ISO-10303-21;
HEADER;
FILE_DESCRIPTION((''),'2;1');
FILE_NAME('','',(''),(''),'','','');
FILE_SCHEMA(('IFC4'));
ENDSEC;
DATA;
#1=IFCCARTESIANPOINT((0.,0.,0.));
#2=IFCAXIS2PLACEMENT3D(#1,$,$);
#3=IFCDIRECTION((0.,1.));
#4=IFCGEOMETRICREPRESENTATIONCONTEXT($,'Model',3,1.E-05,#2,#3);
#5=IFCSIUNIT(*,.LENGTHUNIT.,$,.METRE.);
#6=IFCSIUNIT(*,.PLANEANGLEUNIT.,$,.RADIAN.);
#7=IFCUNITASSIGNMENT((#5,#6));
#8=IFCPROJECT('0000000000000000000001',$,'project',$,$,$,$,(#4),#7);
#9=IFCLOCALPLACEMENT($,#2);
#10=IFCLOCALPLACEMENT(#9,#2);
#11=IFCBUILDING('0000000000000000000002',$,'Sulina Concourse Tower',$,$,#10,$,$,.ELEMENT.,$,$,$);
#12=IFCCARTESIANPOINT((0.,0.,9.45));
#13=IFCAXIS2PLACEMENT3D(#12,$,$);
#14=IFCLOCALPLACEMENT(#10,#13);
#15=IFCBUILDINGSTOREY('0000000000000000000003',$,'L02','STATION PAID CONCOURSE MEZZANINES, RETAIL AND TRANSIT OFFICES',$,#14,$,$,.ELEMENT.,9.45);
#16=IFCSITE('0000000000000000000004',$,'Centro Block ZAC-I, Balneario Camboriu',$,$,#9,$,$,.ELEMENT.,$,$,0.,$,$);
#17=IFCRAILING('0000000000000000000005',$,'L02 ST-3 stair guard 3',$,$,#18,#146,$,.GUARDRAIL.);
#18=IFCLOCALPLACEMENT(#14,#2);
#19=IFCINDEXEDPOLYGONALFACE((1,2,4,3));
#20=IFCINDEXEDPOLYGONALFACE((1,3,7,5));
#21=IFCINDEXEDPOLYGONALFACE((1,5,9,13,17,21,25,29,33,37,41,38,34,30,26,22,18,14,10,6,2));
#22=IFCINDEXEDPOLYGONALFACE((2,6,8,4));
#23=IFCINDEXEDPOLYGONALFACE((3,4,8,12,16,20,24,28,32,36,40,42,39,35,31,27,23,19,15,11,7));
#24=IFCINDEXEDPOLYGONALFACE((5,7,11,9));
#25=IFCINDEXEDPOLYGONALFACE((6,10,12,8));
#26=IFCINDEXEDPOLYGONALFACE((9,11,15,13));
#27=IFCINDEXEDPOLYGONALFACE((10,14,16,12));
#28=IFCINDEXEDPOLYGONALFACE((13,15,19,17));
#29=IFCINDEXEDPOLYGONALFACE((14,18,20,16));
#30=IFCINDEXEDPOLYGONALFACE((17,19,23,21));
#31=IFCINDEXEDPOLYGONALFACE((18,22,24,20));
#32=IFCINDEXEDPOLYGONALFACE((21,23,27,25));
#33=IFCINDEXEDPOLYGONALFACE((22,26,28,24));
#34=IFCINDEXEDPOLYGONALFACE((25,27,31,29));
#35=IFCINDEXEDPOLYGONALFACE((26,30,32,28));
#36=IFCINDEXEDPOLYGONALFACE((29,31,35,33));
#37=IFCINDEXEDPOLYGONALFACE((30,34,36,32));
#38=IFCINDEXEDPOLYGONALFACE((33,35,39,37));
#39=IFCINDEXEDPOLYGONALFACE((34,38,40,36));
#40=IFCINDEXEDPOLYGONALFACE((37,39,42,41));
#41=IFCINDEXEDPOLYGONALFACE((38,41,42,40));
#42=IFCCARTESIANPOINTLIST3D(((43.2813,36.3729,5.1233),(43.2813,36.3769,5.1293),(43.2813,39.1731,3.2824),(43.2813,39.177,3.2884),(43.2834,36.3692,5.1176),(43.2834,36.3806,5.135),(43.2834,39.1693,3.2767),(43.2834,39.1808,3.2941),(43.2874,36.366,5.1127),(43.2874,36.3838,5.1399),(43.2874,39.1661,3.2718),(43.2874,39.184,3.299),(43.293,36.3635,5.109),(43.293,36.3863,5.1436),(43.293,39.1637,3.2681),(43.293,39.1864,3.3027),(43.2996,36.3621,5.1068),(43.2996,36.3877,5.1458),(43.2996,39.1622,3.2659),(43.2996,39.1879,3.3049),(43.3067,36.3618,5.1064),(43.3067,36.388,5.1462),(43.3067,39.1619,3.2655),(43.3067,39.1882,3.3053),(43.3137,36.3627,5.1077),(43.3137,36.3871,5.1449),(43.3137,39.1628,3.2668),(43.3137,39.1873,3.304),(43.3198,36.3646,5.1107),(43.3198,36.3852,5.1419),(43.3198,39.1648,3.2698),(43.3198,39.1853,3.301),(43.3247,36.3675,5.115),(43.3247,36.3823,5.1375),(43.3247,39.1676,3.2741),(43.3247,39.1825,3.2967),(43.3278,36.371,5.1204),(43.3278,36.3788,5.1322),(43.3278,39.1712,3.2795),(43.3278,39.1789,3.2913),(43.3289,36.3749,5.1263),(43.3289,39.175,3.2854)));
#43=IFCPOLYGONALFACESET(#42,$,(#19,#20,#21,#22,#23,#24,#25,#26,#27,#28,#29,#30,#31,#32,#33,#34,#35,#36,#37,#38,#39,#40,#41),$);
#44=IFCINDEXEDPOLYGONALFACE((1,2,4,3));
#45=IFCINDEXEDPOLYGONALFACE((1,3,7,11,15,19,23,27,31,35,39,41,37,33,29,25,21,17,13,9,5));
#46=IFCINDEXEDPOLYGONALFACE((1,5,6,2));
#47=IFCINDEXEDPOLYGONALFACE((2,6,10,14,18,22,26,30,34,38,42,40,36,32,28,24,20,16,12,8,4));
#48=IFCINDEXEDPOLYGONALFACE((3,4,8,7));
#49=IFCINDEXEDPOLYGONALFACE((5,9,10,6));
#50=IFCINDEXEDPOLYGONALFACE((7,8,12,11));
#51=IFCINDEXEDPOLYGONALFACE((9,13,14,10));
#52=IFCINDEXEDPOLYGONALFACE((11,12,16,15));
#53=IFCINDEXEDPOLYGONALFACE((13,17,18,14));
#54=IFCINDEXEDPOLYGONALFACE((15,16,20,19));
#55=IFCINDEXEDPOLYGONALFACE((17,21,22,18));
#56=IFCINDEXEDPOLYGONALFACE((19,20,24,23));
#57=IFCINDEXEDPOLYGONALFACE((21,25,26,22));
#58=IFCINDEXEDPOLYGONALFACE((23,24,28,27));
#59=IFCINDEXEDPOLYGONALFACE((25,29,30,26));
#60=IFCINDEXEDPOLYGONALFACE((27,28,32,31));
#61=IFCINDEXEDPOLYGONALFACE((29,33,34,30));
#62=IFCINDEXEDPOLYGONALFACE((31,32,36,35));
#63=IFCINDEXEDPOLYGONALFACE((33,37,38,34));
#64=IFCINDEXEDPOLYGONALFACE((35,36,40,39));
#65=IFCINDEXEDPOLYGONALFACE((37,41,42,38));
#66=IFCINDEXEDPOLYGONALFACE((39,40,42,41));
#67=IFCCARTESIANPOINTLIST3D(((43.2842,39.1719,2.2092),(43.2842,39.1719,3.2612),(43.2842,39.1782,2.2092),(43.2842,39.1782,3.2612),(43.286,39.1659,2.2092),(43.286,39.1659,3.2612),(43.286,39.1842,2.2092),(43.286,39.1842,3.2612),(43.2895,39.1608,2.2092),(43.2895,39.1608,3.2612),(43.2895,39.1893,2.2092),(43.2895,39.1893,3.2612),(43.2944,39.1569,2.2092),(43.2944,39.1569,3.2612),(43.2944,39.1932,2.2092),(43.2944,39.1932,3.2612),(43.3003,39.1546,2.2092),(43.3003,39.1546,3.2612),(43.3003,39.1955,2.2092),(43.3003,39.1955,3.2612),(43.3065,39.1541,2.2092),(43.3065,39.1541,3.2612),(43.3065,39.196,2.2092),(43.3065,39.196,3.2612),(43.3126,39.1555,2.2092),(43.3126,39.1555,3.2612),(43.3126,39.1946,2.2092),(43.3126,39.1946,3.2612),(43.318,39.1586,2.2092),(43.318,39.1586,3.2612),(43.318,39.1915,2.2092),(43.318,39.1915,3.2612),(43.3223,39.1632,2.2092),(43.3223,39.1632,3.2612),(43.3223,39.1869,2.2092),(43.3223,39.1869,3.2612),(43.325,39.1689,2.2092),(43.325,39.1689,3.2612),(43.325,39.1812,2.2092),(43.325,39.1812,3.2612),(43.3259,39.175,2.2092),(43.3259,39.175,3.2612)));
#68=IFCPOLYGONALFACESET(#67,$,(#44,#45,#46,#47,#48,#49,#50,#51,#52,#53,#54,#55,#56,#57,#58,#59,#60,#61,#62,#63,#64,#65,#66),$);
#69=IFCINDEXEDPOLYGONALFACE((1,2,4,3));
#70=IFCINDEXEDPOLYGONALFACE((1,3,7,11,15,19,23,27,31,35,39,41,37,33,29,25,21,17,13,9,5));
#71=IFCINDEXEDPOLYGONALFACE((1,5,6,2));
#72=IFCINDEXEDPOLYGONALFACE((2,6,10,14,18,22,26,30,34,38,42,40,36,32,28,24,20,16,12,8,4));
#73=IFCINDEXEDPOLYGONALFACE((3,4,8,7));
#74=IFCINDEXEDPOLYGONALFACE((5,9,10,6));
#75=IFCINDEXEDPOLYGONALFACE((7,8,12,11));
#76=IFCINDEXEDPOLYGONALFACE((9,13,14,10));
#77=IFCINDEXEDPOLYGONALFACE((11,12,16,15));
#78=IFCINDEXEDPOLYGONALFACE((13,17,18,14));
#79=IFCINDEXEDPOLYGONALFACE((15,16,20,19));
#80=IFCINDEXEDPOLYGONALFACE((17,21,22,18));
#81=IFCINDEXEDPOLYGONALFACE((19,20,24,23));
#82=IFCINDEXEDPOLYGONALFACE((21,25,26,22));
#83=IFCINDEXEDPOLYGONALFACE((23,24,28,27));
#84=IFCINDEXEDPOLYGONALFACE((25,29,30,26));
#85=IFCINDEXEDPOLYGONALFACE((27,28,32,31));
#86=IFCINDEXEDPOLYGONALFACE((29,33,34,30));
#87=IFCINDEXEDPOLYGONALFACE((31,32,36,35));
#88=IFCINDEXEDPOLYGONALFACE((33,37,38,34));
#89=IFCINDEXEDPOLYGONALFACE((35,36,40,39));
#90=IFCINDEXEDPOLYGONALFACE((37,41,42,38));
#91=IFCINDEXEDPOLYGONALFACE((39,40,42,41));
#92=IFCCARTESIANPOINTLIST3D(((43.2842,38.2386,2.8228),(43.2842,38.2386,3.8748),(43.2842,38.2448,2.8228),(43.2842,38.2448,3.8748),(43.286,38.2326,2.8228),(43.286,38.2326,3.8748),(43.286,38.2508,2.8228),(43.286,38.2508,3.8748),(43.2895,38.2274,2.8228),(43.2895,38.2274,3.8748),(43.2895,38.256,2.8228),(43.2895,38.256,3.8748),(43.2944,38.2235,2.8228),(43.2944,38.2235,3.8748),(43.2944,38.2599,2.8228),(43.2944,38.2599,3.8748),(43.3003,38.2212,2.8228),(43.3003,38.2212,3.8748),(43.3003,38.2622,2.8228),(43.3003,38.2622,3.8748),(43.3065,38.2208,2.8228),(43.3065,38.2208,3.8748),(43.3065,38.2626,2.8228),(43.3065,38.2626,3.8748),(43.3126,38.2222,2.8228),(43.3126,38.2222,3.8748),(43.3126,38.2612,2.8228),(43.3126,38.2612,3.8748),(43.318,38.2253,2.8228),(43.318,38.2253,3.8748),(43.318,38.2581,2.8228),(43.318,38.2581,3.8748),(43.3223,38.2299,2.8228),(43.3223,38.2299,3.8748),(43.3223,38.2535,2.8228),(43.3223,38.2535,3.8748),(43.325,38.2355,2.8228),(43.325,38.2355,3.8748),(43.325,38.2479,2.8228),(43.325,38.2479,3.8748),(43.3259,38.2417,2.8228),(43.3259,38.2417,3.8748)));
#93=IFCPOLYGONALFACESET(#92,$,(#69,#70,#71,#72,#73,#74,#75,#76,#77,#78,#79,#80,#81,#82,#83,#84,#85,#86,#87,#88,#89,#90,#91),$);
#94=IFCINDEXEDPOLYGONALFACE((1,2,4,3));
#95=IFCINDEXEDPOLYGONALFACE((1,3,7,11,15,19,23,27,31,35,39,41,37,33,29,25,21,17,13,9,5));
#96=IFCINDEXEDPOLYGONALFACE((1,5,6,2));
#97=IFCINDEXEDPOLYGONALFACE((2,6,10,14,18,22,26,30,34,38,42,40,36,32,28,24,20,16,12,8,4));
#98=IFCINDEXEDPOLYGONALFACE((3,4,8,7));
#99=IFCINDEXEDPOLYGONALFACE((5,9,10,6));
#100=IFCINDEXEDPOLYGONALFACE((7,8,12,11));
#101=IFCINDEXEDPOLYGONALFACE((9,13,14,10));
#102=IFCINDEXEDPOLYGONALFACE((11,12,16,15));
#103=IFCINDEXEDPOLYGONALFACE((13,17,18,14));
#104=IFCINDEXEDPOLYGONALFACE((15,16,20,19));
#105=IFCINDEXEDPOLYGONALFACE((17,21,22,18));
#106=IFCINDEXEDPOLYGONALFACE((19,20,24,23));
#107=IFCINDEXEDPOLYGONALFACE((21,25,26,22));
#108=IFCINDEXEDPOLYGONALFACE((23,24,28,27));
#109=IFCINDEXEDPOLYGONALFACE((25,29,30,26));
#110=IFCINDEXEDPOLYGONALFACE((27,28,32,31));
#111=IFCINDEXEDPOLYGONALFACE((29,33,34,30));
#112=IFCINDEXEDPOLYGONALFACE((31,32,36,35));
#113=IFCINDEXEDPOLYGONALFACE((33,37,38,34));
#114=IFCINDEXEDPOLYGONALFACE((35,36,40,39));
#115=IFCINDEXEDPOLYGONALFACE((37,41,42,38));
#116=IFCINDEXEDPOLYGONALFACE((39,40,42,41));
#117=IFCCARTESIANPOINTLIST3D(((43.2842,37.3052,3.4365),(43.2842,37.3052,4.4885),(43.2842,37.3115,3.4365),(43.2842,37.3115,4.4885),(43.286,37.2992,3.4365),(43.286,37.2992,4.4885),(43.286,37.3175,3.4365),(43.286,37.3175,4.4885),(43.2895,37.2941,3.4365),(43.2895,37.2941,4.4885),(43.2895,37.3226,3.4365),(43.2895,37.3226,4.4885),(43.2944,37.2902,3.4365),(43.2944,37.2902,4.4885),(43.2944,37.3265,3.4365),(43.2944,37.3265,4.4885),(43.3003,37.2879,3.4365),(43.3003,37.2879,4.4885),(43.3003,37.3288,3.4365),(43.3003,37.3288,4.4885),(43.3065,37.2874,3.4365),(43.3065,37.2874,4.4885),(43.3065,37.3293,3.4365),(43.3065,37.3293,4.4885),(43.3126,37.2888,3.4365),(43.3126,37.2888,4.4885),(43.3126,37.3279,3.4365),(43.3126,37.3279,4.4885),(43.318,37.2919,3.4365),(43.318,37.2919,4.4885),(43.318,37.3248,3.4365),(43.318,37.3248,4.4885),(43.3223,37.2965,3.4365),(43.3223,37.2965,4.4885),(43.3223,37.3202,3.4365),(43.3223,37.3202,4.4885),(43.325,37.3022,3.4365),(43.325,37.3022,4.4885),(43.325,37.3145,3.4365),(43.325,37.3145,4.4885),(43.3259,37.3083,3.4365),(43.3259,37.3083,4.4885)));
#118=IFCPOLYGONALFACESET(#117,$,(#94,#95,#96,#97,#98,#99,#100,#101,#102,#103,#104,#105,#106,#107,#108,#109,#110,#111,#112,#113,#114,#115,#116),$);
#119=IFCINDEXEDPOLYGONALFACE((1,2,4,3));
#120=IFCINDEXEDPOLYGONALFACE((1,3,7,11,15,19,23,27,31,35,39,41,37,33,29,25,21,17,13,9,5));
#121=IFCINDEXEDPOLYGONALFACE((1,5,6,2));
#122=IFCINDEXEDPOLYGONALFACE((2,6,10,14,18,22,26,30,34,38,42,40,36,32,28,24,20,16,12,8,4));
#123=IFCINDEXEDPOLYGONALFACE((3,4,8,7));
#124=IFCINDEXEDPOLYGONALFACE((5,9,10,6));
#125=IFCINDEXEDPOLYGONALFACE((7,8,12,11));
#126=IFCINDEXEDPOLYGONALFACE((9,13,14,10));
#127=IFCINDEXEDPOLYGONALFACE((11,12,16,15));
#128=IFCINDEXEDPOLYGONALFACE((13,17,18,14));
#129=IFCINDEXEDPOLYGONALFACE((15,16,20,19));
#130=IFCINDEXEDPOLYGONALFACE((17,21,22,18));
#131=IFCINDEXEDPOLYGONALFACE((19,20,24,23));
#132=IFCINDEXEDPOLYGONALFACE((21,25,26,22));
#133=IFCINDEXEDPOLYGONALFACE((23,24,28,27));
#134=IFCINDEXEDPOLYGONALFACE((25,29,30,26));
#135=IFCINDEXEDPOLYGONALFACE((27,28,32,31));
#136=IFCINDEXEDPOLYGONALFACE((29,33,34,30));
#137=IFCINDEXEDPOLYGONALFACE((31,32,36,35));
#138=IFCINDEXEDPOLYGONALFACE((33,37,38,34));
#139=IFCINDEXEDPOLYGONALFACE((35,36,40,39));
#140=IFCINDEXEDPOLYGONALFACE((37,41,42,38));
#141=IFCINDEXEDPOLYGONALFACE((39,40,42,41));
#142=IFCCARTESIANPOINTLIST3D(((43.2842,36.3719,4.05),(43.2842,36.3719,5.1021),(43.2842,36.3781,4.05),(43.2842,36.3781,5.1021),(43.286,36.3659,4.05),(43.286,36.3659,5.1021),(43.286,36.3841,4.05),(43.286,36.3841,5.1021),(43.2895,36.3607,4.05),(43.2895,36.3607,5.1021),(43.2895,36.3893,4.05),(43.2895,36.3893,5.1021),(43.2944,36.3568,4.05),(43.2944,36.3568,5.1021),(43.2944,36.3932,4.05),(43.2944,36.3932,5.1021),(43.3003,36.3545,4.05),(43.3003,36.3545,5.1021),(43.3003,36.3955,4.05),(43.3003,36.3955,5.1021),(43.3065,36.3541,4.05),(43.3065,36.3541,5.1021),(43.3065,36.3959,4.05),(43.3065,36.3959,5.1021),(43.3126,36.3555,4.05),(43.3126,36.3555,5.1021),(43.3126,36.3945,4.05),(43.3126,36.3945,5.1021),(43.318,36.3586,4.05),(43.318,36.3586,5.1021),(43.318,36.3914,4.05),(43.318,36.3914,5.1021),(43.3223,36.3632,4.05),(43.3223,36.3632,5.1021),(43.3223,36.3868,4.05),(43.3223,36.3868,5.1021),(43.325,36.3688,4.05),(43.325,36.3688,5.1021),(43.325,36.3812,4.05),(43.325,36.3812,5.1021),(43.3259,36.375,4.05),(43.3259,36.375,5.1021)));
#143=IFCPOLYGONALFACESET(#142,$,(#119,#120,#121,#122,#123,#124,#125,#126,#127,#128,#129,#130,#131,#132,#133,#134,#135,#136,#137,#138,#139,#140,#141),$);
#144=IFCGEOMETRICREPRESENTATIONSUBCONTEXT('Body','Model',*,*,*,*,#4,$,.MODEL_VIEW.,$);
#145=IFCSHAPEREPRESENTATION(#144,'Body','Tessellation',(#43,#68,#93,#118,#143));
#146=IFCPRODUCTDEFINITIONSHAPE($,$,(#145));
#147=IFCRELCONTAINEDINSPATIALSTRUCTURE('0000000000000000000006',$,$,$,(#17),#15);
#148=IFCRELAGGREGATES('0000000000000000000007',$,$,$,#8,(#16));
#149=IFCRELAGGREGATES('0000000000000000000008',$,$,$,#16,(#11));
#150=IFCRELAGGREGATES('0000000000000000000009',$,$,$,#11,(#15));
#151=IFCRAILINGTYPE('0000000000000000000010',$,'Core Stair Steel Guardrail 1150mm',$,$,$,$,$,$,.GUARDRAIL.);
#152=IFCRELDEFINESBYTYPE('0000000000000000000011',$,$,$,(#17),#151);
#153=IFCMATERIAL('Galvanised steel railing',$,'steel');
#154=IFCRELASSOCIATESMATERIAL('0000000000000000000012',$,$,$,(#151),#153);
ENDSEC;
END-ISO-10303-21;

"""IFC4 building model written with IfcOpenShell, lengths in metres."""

from ifc_helpers import new_model, si_unit, direction, frame, origin, origin_2d, place, context, subcontext, project, spatial, circle, extrude, material, type_object, element, save


model = new_model("IFC4")

# Units and contexts
model_context = context("Model", 3, precision=1e-05, world=origin(), true_north=direction((0.0, 1.0)))
body_context = subcontext(model_context, "Body", "Model", "MODEL_VIEW")
ifc_project = project(units=[si_unit("LENGTHUNIT", "METRE"), si_unit("PLANEANGLEUNIT", "RADIAN")], contexts=[model_context])

# Site, building, storey
site_placement = place(None, origin())
site = spatial("IfcSite", under=ifc_project, at=site_placement, Name="Centro Block ZAC-I, Balneario Camboriu", CompositionType="ELEMENT", RefElevation=0.0)
building_placement = place(site_placement, origin())
building = spatial("IfcBuilding", under=site, at=building_placement, Name="Sulina Concourse Tower", CompositionType="ELEMENT")
storey_placement = place(building_placement, frame((0.0, 0.0, 9.45)))
storey = spatial("IfcBuildingStorey", under=building, at=storey_placement, Name="L02", Description="STATION PAID CONCOURSE MEZZANINES, RETAIL AND TRANSIT OFFICES", CompositionType="ELEMENT", Elevation=9.45)

# Railing
ifc_material_1 = material(Name="Galvanised steel railing", Category="steel")
railing_type_1 = type_object("IfcRailingType", Name="Core Stair Steel Guardrail 1150mm", PredefinedType="GUARDRAIL", material=ifc_material_1)
railing_1_placement = place(storey_placement, frame((43.3049, 39.175, 2.2092)))
element("IfcRailing", 1, at=railing_1_placement, inside=storey, type_object=railing_type_1, Name="L02 ST-3 stair guard 3", PredefinedType="GUARDRAIL", context=body_context, shape_type="SweptSolid", body=[
    extrude(circle(Radius=0.0239, at=origin_2d()), frame((0.0, 0.0, 1.0762), z_axis=(0.0, -0.835598, 0.549342), x_axis=(1.0, 0.0, 0.0)), (0.0, 0.0, 1.0), 3.3511),
    extrude(circle(Radius=0.021, at=origin_2d()), origin(), (0.0, 0.0, 1.0), 1.052),
    extrude(circle(Radius=0.021, at=origin_2d()), frame((0.0, -0.9333, 0.6135)), (0.0, 0.0, 1.0), 1.052),
    extrude(circle(Radius=0.021, at=origin_2d()), frame((0.0, -1.8667, 1.2273)), (0.0, 0.0, 1.0), 1.052),
    extrude(circle(Radius=0.021, at=origin_2d()), frame((0.0, -2.8, 1.8408)), (0.0, 0.0, 1.0), 1.052),
])

save(model, "model.ifc")
